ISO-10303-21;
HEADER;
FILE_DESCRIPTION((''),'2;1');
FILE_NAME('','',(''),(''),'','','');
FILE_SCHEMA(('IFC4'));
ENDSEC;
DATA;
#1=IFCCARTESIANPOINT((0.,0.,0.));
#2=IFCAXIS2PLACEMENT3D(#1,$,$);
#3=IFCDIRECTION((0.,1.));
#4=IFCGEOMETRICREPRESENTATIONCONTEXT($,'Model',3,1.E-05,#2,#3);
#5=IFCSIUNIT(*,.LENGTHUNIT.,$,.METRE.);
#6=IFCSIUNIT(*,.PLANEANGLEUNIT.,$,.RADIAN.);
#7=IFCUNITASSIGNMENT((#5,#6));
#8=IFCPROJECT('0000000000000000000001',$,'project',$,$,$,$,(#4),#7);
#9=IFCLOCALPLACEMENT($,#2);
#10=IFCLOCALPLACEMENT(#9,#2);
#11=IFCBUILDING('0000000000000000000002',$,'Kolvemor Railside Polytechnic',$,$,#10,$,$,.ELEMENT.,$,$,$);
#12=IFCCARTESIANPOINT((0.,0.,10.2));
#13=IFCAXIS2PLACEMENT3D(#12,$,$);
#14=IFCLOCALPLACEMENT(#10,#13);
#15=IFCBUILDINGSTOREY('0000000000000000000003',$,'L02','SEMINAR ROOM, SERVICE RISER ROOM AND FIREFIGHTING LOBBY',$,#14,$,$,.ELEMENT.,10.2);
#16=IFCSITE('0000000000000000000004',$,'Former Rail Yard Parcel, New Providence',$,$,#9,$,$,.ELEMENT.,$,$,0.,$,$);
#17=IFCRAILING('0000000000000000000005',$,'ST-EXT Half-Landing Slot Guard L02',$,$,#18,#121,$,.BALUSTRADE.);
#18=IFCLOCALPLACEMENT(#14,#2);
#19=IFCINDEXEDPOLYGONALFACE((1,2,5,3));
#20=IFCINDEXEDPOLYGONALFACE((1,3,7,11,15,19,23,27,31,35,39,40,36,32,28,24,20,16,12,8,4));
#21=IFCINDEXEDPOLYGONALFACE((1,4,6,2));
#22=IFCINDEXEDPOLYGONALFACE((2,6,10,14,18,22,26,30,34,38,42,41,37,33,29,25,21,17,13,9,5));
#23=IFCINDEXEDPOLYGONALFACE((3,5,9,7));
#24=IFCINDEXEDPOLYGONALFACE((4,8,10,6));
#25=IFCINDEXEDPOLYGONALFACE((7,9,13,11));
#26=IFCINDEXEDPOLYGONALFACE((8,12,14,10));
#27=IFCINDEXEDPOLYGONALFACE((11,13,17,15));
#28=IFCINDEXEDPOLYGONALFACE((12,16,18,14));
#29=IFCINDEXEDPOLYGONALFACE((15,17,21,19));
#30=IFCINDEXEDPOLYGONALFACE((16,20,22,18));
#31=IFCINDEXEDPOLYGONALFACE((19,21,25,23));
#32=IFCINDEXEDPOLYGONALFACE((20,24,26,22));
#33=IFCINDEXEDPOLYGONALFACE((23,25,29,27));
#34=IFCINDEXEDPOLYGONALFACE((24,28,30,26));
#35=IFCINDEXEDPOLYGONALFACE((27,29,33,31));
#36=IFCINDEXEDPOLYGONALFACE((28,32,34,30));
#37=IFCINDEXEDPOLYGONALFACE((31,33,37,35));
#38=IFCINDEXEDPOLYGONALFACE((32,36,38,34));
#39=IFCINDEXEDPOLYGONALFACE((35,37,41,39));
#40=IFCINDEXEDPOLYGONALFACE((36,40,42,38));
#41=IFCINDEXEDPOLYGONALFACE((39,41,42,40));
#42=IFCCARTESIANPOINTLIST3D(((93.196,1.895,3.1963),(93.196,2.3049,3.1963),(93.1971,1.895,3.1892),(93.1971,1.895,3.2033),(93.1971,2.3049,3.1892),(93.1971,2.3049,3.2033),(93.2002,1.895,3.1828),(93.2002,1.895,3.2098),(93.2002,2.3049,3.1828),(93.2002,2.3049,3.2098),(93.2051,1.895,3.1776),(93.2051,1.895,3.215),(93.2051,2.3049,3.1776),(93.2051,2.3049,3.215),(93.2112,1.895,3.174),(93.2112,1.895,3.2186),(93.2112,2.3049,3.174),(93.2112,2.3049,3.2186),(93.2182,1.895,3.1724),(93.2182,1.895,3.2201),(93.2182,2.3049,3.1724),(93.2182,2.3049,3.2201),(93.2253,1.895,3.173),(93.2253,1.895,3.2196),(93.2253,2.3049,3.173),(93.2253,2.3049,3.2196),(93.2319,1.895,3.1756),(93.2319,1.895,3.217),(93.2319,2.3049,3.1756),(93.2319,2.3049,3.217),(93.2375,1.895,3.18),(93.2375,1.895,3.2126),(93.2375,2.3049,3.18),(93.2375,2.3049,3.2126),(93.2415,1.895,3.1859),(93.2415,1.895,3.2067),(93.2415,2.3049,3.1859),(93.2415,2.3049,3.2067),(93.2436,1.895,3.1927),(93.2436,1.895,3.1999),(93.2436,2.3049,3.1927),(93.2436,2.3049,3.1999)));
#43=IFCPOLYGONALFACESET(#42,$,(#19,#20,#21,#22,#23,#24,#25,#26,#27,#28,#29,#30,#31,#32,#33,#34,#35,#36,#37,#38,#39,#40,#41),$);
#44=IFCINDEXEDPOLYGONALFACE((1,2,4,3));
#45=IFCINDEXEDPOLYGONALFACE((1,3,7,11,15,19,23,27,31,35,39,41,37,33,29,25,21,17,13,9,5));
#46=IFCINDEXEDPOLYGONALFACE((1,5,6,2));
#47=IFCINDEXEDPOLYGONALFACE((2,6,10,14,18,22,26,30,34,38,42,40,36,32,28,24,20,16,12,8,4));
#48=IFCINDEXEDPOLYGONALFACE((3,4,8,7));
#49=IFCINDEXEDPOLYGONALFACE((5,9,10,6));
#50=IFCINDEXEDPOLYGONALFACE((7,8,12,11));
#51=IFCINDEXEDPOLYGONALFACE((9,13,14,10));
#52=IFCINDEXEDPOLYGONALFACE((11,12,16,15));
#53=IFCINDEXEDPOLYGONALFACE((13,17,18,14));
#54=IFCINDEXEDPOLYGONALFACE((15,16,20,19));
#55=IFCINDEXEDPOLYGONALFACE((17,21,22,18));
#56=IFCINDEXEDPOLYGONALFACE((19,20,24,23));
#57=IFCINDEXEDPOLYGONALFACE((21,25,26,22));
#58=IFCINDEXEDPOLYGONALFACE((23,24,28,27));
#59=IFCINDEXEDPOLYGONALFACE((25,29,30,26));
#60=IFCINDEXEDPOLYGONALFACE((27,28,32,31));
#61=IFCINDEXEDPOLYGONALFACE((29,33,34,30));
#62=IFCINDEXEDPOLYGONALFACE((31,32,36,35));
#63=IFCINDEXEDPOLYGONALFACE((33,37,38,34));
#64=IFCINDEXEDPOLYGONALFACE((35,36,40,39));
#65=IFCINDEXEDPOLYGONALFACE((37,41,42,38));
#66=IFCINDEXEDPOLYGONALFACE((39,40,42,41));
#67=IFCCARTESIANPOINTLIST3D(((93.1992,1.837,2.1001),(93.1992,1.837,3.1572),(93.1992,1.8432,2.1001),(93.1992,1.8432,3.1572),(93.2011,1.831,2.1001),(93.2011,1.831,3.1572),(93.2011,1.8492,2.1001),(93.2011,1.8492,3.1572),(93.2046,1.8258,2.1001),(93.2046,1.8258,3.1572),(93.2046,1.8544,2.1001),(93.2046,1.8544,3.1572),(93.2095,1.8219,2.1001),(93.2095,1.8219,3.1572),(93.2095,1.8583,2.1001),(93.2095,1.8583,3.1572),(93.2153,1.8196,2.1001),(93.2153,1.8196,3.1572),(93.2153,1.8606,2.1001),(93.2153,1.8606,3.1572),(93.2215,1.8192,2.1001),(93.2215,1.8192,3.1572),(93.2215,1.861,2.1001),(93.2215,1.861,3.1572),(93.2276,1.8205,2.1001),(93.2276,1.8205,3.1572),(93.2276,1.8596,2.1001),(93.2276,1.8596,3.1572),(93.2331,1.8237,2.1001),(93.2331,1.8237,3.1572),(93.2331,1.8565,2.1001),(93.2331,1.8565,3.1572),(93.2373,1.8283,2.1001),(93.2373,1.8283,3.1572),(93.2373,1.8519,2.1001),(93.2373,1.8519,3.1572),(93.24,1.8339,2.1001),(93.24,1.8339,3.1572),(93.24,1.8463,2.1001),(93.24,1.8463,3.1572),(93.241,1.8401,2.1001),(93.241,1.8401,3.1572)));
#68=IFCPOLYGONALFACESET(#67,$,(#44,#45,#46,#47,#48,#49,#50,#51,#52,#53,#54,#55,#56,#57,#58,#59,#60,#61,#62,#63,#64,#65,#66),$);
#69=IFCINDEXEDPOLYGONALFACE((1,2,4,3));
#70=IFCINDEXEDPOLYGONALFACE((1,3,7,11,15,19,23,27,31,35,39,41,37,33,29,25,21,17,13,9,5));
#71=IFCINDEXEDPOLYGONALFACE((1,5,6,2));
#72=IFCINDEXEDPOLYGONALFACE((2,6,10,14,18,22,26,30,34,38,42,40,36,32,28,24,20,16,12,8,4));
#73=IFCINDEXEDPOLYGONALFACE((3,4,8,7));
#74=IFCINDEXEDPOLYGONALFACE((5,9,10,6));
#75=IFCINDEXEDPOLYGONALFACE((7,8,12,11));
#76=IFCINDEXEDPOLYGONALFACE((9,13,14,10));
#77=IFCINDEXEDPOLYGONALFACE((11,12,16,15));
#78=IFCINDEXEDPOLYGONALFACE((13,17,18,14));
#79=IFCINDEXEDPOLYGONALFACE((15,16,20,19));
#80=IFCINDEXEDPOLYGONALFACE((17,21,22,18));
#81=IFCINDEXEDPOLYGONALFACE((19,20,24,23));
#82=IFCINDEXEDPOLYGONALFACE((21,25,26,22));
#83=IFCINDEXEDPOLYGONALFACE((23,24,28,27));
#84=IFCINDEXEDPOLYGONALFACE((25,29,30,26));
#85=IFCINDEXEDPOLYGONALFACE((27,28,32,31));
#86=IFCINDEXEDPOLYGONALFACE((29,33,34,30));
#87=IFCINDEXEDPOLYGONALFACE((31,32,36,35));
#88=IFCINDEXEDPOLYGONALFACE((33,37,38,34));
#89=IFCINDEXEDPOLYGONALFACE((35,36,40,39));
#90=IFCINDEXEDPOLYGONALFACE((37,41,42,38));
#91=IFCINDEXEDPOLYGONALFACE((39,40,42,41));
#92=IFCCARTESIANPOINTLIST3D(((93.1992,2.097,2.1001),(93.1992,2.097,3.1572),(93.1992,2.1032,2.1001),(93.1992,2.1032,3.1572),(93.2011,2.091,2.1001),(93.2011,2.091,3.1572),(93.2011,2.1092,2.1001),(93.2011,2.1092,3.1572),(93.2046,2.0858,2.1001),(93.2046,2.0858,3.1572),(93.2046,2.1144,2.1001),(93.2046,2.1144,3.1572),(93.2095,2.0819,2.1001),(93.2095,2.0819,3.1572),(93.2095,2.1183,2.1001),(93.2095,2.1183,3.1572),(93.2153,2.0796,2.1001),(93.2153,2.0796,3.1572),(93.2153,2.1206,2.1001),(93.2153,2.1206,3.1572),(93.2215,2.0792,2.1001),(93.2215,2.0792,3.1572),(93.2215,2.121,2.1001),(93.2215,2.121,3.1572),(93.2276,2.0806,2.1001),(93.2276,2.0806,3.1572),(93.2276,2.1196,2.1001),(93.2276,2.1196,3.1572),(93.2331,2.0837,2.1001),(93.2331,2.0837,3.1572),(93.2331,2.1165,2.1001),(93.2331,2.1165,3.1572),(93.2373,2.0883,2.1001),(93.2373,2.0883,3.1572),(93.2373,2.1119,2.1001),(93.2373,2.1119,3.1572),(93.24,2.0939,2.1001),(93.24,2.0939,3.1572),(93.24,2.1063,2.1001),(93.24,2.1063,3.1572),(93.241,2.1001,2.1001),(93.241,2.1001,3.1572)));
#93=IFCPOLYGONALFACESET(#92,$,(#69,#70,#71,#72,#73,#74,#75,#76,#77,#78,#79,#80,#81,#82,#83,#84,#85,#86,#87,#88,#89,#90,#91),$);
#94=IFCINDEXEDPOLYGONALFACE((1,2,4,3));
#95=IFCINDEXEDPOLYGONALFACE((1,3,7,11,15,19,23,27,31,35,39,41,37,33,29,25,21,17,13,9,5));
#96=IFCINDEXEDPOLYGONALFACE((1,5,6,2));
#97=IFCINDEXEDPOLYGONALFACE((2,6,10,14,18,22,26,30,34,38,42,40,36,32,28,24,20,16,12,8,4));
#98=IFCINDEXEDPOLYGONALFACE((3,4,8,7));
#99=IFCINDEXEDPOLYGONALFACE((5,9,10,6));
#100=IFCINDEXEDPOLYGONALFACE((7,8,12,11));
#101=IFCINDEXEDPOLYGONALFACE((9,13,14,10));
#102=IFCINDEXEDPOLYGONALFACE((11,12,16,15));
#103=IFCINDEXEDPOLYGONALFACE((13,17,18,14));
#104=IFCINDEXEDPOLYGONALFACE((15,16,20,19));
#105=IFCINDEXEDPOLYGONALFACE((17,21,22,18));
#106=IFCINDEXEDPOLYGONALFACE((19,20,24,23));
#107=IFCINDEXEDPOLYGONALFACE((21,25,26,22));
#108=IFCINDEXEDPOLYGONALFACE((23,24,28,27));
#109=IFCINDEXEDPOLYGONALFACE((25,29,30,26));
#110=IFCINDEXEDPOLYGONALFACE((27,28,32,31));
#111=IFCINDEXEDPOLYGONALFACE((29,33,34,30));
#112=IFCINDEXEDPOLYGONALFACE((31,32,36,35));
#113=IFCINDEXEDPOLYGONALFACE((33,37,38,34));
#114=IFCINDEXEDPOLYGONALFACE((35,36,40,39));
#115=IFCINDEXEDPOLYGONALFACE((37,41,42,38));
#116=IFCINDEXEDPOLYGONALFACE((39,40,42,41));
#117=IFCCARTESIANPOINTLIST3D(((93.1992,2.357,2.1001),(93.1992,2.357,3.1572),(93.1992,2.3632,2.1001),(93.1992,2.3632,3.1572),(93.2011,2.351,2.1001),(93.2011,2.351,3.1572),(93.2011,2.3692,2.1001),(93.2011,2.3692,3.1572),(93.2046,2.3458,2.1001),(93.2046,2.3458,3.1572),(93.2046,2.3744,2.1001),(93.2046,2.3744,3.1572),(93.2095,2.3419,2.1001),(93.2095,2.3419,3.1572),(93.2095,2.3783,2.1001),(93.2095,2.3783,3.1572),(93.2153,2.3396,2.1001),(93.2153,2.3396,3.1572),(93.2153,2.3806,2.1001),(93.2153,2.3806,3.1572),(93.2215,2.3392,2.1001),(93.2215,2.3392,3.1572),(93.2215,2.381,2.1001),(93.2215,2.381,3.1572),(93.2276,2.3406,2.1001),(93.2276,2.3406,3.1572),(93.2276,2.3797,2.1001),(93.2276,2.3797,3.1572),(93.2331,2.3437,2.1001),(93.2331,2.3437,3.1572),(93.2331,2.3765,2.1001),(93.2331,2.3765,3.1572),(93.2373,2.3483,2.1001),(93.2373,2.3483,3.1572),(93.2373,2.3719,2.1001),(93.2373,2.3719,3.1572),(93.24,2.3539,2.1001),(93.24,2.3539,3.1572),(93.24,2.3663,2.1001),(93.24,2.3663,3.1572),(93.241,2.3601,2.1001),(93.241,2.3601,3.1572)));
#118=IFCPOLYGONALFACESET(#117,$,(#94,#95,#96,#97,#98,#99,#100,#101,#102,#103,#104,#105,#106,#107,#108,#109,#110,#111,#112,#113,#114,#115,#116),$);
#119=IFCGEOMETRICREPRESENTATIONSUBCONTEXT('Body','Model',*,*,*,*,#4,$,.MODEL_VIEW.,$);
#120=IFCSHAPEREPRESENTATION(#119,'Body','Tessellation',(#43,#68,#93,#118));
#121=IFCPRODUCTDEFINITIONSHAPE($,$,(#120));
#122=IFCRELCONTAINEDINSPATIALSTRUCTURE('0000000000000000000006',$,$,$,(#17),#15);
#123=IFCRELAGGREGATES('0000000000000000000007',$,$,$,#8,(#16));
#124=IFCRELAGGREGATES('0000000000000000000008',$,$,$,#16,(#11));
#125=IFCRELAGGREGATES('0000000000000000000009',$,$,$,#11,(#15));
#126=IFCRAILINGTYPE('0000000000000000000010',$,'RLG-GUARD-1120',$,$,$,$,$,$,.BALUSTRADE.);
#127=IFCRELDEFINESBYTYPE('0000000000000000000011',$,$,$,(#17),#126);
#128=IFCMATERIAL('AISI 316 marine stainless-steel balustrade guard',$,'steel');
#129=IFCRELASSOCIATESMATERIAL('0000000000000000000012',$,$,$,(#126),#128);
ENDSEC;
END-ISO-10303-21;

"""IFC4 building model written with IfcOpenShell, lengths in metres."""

from ifc_helpers import new_model, si_unit, direction, frame, origin, origin_2d, place, context, subcontext, project, spatial, circle, extrude, material, type_object, element, save


model = new_model("IFC4")

# Units and contexts
model_context = context("Model", 3, precision=1e-05, world=origin(), true_north=direction((0.0, 1.0)))
body_context = subcontext(model_context, "Body", "Model", "MODEL_VIEW")
ifc_project = project(units=[si_unit("LENGTHUNIT", "METRE"), si_unit("PLANEANGLEUNIT", "RADIAN")], contexts=[model_context])

# Site, building, storey
site_placement = place(None, origin())
site = spatial("IfcSite", under=ifc_project, at=site_placement, Name="Former Rail Yard Parcel, New Providence", CompositionType="ELEMENT", RefElevation=0.0)
building_placement = place(site_placement, origin())
building = spatial("IfcBuilding", under=site, at=building_placement, Name="Kolvemor Railside Polytechnic", CompositionType="ELEMENT")
storey_placement = place(building_placement, frame((0.0, 0.0, 10.2)))
storey = spatial("IfcBuildingStorey", under=building, at=storey_placement, Name="L02", Description="SEMINAR ROOM, SERVICE RISER ROOM AND FIREFIGHTING LOBBY", CompositionType="ELEMENT", Elevation=10.2)

# Railing
ifc_material_1 = material(Name="AISI 316 marine stainless-steel balustrade guard", Category="steel")
railing_type_1 = type_object("IfcRailingType", Name="RLG-GUARD-1120", PredefinedType="BALUSTRADE", material=ifc_material_1)
railing_1_placement = place(storey_placement, frame((93.22, 1.8401, 2.1001)))
element("IfcRailing", 1, at=railing_1_placement, inside=storey, type_object=railing_type_1, Name="ST-EXT Half-Landing Slot Guard L02", PredefinedType="BALUSTRADE", context=body_context, shape_type="SweptSolid", body=[
    extrude(circle(Radius=0.0239, at=origin_2d()), frame((0.0, 0.0549, 1.0962), z_axis=(0.0, 1.0, 0.0), x_axis=(-1.0, 0.0, 0.0)), (0.0, 0.0, 1.0), 0.4099),
    extrude(circle(Radius=0.021, at=origin_2d()), origin(), (0.0, 0.0, 1.0), 1.0571),
    extrude(circle(Radius=0.021, at=origin_2d()), frame((0.0, 0.26, 0.0)), (0.0, 0.0, 1.0), 1.0571),
    extrude(circle(Radius=0.021, at=origin_2d()), frame((0.0, 0.52, 0.0)), (0.0, 0.0, 1.0), 1.0571),
])

save(model, "model.ifc")
